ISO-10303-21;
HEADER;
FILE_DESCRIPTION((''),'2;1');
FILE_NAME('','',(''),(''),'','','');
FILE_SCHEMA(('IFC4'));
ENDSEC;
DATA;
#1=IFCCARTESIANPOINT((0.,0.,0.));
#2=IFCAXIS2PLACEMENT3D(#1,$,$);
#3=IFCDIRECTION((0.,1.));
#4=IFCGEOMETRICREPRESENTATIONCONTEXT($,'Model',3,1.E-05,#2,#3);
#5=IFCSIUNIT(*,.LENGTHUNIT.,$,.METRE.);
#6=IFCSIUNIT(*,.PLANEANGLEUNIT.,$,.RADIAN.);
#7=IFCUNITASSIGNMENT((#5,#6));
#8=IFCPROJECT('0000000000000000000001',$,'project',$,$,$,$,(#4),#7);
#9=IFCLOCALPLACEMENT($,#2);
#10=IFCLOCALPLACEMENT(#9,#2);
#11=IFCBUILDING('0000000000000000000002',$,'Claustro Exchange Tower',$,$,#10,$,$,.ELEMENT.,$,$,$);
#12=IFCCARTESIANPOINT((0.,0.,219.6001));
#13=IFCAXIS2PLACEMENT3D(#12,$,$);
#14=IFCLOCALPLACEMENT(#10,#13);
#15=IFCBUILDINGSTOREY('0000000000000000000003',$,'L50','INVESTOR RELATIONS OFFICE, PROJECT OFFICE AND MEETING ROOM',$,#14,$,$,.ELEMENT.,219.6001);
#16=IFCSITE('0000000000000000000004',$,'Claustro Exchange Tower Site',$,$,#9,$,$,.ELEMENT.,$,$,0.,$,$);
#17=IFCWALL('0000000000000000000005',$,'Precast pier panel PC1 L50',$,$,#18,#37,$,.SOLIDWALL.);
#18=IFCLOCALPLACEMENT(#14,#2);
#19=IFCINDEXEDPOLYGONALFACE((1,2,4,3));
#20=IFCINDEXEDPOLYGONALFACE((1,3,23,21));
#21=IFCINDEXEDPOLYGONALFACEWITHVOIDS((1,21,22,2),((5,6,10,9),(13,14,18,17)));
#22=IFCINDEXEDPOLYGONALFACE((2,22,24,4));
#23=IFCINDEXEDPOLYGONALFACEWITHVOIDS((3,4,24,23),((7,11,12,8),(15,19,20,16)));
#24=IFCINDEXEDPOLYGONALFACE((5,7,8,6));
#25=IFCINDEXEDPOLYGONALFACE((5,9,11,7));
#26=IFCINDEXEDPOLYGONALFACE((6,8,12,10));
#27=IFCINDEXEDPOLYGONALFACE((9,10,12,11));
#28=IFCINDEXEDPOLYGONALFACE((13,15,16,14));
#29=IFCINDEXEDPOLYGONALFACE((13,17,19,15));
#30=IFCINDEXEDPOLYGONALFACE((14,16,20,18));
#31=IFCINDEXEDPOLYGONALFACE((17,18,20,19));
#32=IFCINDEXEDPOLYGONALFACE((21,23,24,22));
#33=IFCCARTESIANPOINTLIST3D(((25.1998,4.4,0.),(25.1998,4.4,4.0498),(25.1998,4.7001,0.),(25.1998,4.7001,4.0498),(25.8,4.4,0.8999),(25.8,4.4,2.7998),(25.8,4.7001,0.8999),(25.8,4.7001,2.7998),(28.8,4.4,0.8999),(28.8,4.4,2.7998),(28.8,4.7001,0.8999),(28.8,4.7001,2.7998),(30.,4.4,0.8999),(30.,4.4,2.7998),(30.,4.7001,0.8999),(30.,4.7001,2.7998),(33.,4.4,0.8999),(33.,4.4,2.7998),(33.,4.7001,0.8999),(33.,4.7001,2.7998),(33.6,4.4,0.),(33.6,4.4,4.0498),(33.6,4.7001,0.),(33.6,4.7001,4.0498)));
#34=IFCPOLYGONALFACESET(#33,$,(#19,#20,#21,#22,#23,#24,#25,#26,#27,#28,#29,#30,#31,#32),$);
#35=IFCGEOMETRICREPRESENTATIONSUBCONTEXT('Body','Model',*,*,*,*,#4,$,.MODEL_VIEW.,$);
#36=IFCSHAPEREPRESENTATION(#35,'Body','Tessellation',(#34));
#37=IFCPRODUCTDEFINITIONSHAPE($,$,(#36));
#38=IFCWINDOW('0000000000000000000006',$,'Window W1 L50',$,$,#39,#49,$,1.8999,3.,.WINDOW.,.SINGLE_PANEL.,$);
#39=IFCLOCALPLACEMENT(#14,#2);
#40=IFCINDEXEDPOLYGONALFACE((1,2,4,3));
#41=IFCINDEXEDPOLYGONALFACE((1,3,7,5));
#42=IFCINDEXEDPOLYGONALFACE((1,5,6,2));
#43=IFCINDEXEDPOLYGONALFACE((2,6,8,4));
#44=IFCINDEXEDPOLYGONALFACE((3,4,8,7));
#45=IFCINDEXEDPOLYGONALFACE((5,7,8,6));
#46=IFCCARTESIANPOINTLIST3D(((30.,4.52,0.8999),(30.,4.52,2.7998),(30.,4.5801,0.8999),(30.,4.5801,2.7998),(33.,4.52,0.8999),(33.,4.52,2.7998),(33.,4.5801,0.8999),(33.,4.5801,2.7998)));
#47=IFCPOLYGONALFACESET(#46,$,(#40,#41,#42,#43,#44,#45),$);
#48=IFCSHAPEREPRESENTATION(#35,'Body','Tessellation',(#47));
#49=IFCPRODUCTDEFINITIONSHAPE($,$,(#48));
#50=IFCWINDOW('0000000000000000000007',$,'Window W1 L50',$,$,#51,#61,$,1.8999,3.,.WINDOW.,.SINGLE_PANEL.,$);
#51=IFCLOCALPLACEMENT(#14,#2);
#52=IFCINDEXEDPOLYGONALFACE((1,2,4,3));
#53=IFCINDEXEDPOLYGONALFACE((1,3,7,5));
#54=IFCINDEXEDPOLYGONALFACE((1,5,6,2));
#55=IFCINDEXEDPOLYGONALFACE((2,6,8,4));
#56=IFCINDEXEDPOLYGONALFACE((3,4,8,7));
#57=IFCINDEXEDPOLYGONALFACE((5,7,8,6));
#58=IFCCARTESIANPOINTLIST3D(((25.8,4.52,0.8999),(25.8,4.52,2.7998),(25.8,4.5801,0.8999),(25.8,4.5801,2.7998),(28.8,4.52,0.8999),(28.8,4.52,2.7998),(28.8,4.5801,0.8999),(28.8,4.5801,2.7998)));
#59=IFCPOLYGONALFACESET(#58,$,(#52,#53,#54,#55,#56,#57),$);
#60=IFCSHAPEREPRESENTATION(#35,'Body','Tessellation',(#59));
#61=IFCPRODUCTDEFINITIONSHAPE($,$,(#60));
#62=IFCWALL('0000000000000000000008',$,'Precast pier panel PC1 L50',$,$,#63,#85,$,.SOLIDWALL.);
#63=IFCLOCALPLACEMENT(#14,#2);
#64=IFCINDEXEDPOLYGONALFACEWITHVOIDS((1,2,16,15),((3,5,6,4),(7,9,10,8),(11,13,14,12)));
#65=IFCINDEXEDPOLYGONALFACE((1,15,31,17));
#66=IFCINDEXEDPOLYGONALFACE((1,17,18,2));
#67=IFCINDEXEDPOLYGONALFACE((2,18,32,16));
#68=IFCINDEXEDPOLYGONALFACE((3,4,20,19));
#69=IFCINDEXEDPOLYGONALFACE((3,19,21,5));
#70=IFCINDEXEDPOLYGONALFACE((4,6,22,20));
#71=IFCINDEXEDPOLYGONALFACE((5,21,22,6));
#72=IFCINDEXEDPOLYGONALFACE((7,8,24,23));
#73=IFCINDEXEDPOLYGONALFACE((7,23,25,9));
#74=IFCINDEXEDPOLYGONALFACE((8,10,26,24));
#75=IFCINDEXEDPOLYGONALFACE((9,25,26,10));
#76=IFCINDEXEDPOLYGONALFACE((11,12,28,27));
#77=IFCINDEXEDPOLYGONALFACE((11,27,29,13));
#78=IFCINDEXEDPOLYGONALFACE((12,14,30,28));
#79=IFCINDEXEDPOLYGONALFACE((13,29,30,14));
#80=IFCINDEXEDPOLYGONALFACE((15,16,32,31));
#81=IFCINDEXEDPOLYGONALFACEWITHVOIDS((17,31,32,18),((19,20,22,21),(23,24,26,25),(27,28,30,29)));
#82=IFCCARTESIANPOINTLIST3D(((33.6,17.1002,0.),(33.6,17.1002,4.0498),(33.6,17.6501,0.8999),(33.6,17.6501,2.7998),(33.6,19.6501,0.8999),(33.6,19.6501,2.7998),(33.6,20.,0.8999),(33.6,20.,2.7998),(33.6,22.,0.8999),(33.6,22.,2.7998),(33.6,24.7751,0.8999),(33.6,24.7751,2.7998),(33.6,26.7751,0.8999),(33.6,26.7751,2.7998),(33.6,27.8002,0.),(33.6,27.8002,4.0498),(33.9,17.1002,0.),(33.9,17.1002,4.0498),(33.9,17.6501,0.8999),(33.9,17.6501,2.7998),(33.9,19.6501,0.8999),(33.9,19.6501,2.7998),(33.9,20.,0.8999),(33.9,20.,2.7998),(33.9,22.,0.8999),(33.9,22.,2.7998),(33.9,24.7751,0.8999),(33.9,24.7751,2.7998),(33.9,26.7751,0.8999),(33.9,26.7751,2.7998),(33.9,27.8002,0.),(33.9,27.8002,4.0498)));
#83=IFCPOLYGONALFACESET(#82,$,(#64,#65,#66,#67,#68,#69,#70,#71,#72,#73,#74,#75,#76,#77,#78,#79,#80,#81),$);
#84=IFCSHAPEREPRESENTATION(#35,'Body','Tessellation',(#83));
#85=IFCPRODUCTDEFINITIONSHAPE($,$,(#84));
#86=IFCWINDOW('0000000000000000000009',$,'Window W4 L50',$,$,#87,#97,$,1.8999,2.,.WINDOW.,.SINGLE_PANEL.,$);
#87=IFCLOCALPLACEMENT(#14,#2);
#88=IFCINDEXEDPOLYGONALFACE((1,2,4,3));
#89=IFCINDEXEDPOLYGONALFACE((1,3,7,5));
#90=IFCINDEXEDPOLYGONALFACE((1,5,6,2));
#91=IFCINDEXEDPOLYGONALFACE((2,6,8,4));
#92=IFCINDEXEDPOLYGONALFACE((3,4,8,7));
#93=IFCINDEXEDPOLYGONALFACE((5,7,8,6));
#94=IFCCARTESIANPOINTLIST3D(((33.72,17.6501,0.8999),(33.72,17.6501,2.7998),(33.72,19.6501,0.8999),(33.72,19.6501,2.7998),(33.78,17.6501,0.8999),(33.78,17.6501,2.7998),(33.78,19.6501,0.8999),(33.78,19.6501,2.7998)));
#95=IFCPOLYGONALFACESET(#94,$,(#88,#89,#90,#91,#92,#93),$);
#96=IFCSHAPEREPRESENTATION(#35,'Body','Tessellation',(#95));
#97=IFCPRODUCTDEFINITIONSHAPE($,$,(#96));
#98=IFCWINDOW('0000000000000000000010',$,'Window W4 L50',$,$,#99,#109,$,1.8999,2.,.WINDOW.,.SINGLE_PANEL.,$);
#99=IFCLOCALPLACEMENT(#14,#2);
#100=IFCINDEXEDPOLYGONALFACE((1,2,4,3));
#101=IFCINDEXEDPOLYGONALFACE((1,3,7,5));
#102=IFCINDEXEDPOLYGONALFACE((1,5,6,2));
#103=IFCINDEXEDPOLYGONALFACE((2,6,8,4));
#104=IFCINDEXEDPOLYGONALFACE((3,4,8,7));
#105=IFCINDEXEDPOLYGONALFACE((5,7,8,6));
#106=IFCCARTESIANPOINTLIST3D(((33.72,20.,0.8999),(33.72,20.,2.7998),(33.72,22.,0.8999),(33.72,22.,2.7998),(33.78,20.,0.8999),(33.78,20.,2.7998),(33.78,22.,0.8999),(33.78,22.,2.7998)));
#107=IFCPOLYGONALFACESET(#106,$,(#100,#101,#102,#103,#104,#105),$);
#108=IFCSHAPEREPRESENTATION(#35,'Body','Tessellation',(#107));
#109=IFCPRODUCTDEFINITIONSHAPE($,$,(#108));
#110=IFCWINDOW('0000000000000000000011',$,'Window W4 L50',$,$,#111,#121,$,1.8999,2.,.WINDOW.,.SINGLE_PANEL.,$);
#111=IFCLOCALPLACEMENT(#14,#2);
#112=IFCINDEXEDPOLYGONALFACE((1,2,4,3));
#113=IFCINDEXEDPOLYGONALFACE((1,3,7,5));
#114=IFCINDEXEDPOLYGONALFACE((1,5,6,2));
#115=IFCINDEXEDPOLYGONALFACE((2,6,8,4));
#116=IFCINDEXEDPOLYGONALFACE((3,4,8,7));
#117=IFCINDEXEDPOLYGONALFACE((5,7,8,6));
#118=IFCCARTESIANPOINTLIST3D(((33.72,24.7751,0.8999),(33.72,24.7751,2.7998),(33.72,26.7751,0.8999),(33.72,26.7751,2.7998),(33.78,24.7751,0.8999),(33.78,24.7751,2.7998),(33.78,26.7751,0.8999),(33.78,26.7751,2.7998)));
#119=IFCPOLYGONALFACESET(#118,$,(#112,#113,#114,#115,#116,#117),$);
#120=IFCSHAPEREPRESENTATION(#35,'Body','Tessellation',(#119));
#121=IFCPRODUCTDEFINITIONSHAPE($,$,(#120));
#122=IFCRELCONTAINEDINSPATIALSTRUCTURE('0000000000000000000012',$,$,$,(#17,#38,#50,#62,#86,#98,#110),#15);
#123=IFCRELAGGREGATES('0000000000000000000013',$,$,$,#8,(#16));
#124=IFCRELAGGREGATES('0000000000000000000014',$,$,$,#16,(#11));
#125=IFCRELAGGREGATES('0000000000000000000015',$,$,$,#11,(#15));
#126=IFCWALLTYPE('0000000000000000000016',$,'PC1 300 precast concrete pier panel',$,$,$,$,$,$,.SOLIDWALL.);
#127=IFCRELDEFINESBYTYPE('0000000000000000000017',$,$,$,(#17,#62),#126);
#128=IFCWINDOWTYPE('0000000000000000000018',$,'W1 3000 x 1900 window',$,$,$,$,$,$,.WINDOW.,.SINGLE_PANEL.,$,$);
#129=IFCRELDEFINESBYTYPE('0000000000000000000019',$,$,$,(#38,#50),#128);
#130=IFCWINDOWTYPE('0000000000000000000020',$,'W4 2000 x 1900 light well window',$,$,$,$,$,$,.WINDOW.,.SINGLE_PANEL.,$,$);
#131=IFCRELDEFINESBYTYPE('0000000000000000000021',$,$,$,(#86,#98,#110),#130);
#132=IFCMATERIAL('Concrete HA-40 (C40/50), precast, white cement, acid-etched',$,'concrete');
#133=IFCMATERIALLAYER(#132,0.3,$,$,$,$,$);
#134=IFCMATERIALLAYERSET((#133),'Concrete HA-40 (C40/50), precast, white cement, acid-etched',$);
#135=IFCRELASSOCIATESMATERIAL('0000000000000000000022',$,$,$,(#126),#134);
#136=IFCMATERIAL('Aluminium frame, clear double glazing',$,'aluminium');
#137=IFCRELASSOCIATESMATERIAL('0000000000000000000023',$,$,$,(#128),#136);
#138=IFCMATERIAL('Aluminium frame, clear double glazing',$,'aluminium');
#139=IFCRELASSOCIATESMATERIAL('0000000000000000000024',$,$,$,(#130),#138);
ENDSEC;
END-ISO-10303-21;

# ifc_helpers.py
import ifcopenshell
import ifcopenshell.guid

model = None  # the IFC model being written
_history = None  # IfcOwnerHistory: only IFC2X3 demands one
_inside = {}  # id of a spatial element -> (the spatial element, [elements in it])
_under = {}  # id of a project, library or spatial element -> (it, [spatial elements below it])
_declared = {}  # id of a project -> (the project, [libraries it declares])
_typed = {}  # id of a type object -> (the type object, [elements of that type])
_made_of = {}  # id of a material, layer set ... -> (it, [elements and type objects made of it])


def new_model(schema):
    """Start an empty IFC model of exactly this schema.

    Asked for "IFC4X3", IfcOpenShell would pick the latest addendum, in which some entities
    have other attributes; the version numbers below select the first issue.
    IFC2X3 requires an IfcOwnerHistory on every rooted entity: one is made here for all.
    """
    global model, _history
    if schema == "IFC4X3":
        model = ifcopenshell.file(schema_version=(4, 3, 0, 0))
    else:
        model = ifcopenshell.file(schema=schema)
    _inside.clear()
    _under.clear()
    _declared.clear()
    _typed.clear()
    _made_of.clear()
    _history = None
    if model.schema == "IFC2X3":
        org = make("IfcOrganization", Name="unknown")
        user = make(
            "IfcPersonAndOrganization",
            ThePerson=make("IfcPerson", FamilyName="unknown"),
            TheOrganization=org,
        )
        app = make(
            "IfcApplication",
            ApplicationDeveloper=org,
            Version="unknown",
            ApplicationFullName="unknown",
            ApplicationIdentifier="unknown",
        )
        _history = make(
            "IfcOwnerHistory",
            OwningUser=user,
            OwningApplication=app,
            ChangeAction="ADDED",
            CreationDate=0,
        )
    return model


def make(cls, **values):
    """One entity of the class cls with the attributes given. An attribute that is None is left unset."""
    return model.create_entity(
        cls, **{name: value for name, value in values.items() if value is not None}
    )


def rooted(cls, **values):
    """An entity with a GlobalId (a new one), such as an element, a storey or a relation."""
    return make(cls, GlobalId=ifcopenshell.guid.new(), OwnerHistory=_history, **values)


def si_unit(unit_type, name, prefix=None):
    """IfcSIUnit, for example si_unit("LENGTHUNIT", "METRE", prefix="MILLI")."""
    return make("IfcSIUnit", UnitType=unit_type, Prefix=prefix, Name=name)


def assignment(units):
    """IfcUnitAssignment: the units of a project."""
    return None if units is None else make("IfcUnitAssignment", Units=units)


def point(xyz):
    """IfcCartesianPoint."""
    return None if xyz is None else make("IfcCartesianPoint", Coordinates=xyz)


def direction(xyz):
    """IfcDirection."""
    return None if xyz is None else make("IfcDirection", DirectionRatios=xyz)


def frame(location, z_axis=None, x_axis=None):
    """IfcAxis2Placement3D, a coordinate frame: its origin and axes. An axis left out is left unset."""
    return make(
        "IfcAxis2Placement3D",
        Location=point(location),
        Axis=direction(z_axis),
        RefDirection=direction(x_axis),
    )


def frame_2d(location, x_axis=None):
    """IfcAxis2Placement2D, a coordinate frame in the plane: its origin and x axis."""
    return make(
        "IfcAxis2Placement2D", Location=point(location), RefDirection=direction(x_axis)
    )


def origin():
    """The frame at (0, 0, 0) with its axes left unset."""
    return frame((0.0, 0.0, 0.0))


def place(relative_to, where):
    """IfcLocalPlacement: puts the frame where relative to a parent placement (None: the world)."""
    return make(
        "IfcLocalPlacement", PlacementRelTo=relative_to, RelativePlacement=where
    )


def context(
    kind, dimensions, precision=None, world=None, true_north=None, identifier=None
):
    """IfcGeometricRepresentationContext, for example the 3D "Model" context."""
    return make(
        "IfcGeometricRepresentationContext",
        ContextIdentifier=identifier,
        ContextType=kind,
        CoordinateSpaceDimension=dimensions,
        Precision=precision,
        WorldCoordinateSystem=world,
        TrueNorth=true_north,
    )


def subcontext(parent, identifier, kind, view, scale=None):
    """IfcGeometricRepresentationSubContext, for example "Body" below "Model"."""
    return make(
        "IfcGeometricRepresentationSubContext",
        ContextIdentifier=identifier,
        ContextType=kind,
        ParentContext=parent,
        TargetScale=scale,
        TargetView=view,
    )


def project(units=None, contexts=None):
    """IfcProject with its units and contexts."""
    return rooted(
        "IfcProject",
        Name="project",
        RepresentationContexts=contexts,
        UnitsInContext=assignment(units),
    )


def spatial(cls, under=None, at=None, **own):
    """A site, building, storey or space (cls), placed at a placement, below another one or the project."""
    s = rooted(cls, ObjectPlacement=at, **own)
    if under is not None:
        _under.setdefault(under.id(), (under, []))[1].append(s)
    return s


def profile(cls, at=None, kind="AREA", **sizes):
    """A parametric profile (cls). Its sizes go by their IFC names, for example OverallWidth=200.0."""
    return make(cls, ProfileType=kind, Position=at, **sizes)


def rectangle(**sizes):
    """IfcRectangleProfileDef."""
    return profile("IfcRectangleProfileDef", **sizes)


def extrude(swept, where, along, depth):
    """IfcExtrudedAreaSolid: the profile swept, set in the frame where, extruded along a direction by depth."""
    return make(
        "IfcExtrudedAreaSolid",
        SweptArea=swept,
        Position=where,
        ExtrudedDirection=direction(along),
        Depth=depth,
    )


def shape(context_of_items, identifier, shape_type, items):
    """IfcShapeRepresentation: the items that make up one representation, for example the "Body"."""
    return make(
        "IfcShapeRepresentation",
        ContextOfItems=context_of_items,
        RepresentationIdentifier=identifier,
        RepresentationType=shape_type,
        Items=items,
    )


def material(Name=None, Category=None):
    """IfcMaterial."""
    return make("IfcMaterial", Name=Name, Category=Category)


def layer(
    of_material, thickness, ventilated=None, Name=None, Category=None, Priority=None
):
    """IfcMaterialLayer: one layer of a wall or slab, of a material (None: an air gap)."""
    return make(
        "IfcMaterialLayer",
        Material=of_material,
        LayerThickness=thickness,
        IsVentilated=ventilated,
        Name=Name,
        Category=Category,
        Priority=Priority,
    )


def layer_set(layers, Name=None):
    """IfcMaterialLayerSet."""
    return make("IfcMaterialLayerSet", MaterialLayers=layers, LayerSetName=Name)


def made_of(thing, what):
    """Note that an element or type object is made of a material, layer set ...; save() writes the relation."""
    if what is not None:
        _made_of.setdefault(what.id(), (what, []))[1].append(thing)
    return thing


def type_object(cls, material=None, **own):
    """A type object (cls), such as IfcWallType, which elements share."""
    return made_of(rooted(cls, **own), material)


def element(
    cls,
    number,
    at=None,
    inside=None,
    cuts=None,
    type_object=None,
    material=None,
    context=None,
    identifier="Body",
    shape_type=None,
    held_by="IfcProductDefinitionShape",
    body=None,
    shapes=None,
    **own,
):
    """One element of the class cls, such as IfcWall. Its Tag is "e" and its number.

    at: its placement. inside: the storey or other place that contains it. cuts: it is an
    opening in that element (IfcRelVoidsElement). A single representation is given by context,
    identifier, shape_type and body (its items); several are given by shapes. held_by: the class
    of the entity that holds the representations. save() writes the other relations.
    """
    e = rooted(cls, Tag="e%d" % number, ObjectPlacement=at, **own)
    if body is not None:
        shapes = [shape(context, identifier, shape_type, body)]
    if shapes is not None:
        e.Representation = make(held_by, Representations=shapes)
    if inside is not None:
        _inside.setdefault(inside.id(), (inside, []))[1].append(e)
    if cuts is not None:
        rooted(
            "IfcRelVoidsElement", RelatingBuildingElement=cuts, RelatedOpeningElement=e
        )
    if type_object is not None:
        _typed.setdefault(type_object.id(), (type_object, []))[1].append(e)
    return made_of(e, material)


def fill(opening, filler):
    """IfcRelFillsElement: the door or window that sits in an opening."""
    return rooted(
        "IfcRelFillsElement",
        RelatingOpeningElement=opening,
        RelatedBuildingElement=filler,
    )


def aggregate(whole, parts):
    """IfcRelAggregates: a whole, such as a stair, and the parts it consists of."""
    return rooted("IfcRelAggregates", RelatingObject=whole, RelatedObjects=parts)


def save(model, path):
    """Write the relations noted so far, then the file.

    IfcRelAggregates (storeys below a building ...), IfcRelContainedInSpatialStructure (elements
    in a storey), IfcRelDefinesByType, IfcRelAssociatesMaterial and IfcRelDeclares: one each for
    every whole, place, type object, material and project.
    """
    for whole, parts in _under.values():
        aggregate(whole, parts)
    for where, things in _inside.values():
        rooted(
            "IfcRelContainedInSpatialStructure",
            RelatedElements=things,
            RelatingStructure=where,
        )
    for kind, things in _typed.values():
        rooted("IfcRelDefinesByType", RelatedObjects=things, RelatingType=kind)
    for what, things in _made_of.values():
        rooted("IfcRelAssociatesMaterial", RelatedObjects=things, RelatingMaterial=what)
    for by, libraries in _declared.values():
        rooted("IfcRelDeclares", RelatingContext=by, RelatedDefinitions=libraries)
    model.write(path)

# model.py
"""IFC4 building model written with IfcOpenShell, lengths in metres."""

from ifc_helpers import new_model, si_unit, direction, frame, frame_2d, origin, place, context, subcontext, project, spatial, rectangle, extrude, material, layer, layer_set, type_object, element, fill, save


model = new_model("IFC4")

# Units and contexts
model_context = context("Model", 3, precision=1e-05, world=origin(), true_north=direction((0.0, 1.0)))
body_context = subcontext(model_context, "Body", "Model", "MODEL_VIEW")
ifc_project = project(units=[si_unit("LENGTHUNIT", "METRE"), si_unit("PLANEANGLEUNIT", "RADIAN")], contexts=[model_context])

# Site, building, storey
site_placement = place(None, origin())
site = spatial("IfcSite", under=ifc_project, at=site_placement, Name="Claustro Exchange Tower Site", CompositionType="ELEMENT", RefElevation=0.0)
building_placement = place(site_placement, origin())
building = spatial("IfcBuilding", under=site, at=building_placement, Name="Claustro Exchange Tower", CompositionType="ELEMENT")
storey_placement = place(building_placement, frame((0.0, 0.0, 219.6001)))
storey = spatial("IfcBuildingStorey", under=building, at=storey_placement, Name="L50", Description="INVESTOR RELATIONS OFFICE, PROJECT OFFICE AND MEETING ROOM", CompositionType="ELEMENT", Elevation=219.6001)

# Walls, openings, windows
ifc_material_1 = material(Name="Concrete HA-40 (C40/50), precast, white cement, acid-etched", Category="concrete")
ifc_layer_1 = layer(ifc_material_1, 0.3)
ifc_layer_set_1 = layer_set([ifc_layer_1], Name="Concrete HA-40 (C40/50), precast, white cement, acid-etched")
wall_type_1 = type_object("IfcWallType", Name="PC1 300 precast concrete pier panel", PredefinedType="SOLIDWALL", material=ifc_layer_set_1)
wall_1_placement = place(storey_placement, frame((33.6001, 4.55, 0.0), z_axis=(0.0, 0.0, 1.0), x_axis=(-1.0, 0.0, 0.0)))
wall_1 = element("IfcWall", 1, at=wall_1_placement, inside=storey, type_object=wall_type_1, Name="Precast pier panel PC1 L50", PredefinedType="SOLIDWALL", context=body_context, shape_type="SweptSolid", body=[
    extrude(rectangle(XDim=8.4001, YDim=0.3, at=frame_2d((4.2002, 0.0))), origin(), (0.0, 0.0, 1.0), 4.0498),
])
opening_1_placement = place(wall_1_placement, frame((0.6001, 0.0, 0.8999)))
opening_1 = element("IfcOpeningElement", 2, at=opening_1_placement, cuts=wall_1, PredefinedType="OPENING", context=body_context, shape_type="SweptSolid", body=[
    extrude(rectangle(XDim=3.0, YDim=1.8999, at=frame_2d((1.5, 0.95))), frame((0.0, 0.1599, 0.0), z_axis=(0.0, -1.0, 0.0), x_axis=(1.0, 0.0, 0.0)), (0.0, 0.0, 1.0), 0.3201),
])
opening_2_placement = place(wall_1_placement, frame((4.8, 0.0, 0.8999)))
opening_2 = element("IfcOpeningElement", 3, at=opening_2_placement, cuts=wall_1, PredefinedType="OPENING", context=body_context, shape_type="SweptSolid", body=[
    extrude(rectangle(XDim=3.0, YDim=1.8999, at=frame_2d((1.5, 0.95))), frame((0.0, 0.1599, 0.0), z_axis=(0.0, -1.0, 0.0), x_axis=(1.0, 0.0, 0.0)), (0.0, 0.0, 1.0), 0.3201),
])
ifc_material_2 = material(Name="Aluminium frame, clear double glazing", Category="aluminium")
window_type_1 = type_object("IfcWindowType", Name="W1 3000 x 1900 window", PartitioningType="SINGLE_PANEL", PredefinedType="WINDOW", material=ifc_material_2)
window_1_placement = place(opening_1_placement, origin())
window_1 = element("IfcWindow", 4, at=window_1_placement, inside=storey, type_object=window_type_1, Name="Window W1 L50", OverallHeight=1.8999, OverallWidth=3.0, PartitioningType="SINGLE_PANEL", PredefinedType="WINDOW", context=body_context, shape_type="SweptSolid", body=[
    extrude(rectangle(XDim=3.0, YDim=1.8999, at=frame_2d((1.5, 0.95))), frame((0.0, 0.03, 0.0), z_axis=(0.0, -1.0, 0.0), x_axis=(1.0, 0.0, 0.0)), (0.0, 0.0, 1.0), 0.0601),
])
fill(opening_1, window_1)
window_2_placement = place(opening_2_placement, origin())
window_2 = element("IfcWindow", 5, at=window_2_placement, inside=storey, type_object=window_type_1, Name="Window W1 L50", OverallHeight=1.8999, OverallWidth=3.0, PartitioningType="SINGLE_PANEL", PredefinedType="WINDOW", context=body_context, shape_type="SweptSolid", body=[
    extrude(rectangle(XDim=3.0, YDim=1.8999, at=frame_2d((1.5, 0.95))), frame((0.0, 0.03, 0.0), z_axis=(0.0, -1.0, 0.0), x_axis=(1.0, 0.0, 0.0)), (0.0, 0.0, 1.0), 0.0601),
])
fill(opening_2, window_2)
wall_2_placement = place(storey_placement, frame((33.75, 17.1001, 0.0), z_axis=(0.0, 0.0, 1.0), x_axis=(0.0, 1.0, 0.0)))
wall_2 = element("IfcWall", 6, at=wall_2_placement, inside=storey, type_object=wall_type_1, Name="Precast pier panel PC1 L50", PredefinedType="SOLIDWALL", context=body_context, shape_type="SweptSolid", body=[
    extrude(rectangle(XDim=10.7, YDim=0.3, at=frame_2d((5.3501, 0.0))), origin(), (0.0, 0.0, 1.0), 4.0498),
])
opening_3_placement = place(wall_2_placement, frame((0.55, 0.0, 0.8999)))
opening_3 = element("IfcOpeningElement", 7, at=opening_3_placement, cuts=wall_2, PredefinedType="OPENING", context=body_context, shape_type="SweptSolid", body=[
    extrude(rectangle(XDim=2.0, YDim=1.8999, at=frame_2d((1.0, 0.95))), frame((0.0, 0.1599, 0.0), z_axis=(0.0, -1.0, 0.0), x_axis=(1.0, 0.0, 0.0)), (0.0, 0.0, 1.0), 0.3201),
])
opening_4_placement = place(wall_2_placement, frame((2.8999, 0.0, 0.8999)))
opening_4 = element("IfcOpeningElement", 8, at=opening_4_placement, cuts=wall_2, PredefinedType="OPENING", context=body_context, shape_type="SweptSolid", body=[
    extrude(rectangle(XDim=2.0, YDim=1.8999, at=frame_2d((1.0, 0.95))), frame((0.0, 0.1599, 0.0), z_axis=(0.0, -1.0, 0.0), x_axis=(1.0, 0.0, 0.0)), (0.0, 0.0, 1.0), 0.3201),
])
opening_5_placement = place(wall_2_placement, frame((7.675, 0.0, 0.8999)))
opening_5 = element("IfcOpeningElement", 9, at=opening_5_placement, cuts=wall_2, PredefinedType="OPENING", context=body_context, shape_type="SweptSolid", body=[
    extrude(rectangle(XDim=2.0, YDim=1.8999, at=frame_2d((1.0, 0.95))), frame((0.0, 0.1599, 0.0), z_axis=(0.0, -1.0, 0.0), x_axis=(1.0, 0.0, 0.0)), (0.0, 0.0, 1.0), 0.3201),
])
ifc_material_3 = material(Name="Aluminium frame, clear double glazing", Category="aluminium")
window_type_2 = type_object("IfcWindowType", Name="W4 2000 x 1900 light well window", PartitioningType="SINGLE_PANEL", PredefinedType="WINDOW", material=ifc_material_3)
window_3_placement = place(opening_3_placement, origin())
window_3 = element("IfcWindow", 10, at=window_3_placement, inside=storey, type_object=window_type_2, Name="Window W4 L50", OverallHeight=1.8999, OverallWidth=2.0, PartitioningType="SINGLE_PANEL", PredefinedType="WINDOW", context=body_context, shape_type="SweptSolid", body=[
    extrude(rectangle(XDim=2.0, YDim=1.8999, at=frame_2d((1.0, 0.95))), frame((0.0, 0.03, 0.0), z_axis=(0.0, -1.0, 0.0), x_axis=(1.0, 0.0, 0.0)), (0.0, 0.0, 1.0), 0.0601),
])
fill(opening_3, window_3)
window_4_placement = place(opening_4_placement, origin())
window_4 = element("IfcWindow", 11, at=window_4_placement, inside=storey, type_object=window_type_2, Name="Window W4 L50", OverallHeight=1.8999, OverallWidth=2.0, PartitioningType="SINGLE_PANEL", PredefinedType="WINDOW", context=body_context, shape_type="SweptSolid", body=[
    extrude(rectangle(XDim=2.0, YDim=1.8999, at=frame_2d((1.0, 0.95))), frame((0.0, 0.03, 0.0), z_axis=(0.0, -1.0, 0.0), x_axis=(1.0, 0.0, 0.0)), (0.0, 0.0, 1.0), 0.0601),
])
fill(opening_4, window_4)
window_5_placement = place(opening_5_placement, origin())
window_5 = element("IfcWindow", 12, at=window_5_placement, inside=storey, type_object=window_type_2, Name="Window W4 L50", OverallHeight=1.8999, OverallWidth=2.0, PartitioningType="SINGLE_PANEL", PredefinedType="WINDOW", context=body_context, shape_type="SweptSolid", body=[
    extrude(rectangle(XDim=2.0, YDim=1.8999, at=frame_2d((1.0, 0.95))), frame((0.0, 0.03, 0.0), z_axis=(0.0, -1.0, 0.0), x_axis=(1.0, 0.0, 0.0)), (0.0, 0.0, 1.0), 0.0601),
])
fill(opening_5, window_5)

save(model, "model.ifc")
